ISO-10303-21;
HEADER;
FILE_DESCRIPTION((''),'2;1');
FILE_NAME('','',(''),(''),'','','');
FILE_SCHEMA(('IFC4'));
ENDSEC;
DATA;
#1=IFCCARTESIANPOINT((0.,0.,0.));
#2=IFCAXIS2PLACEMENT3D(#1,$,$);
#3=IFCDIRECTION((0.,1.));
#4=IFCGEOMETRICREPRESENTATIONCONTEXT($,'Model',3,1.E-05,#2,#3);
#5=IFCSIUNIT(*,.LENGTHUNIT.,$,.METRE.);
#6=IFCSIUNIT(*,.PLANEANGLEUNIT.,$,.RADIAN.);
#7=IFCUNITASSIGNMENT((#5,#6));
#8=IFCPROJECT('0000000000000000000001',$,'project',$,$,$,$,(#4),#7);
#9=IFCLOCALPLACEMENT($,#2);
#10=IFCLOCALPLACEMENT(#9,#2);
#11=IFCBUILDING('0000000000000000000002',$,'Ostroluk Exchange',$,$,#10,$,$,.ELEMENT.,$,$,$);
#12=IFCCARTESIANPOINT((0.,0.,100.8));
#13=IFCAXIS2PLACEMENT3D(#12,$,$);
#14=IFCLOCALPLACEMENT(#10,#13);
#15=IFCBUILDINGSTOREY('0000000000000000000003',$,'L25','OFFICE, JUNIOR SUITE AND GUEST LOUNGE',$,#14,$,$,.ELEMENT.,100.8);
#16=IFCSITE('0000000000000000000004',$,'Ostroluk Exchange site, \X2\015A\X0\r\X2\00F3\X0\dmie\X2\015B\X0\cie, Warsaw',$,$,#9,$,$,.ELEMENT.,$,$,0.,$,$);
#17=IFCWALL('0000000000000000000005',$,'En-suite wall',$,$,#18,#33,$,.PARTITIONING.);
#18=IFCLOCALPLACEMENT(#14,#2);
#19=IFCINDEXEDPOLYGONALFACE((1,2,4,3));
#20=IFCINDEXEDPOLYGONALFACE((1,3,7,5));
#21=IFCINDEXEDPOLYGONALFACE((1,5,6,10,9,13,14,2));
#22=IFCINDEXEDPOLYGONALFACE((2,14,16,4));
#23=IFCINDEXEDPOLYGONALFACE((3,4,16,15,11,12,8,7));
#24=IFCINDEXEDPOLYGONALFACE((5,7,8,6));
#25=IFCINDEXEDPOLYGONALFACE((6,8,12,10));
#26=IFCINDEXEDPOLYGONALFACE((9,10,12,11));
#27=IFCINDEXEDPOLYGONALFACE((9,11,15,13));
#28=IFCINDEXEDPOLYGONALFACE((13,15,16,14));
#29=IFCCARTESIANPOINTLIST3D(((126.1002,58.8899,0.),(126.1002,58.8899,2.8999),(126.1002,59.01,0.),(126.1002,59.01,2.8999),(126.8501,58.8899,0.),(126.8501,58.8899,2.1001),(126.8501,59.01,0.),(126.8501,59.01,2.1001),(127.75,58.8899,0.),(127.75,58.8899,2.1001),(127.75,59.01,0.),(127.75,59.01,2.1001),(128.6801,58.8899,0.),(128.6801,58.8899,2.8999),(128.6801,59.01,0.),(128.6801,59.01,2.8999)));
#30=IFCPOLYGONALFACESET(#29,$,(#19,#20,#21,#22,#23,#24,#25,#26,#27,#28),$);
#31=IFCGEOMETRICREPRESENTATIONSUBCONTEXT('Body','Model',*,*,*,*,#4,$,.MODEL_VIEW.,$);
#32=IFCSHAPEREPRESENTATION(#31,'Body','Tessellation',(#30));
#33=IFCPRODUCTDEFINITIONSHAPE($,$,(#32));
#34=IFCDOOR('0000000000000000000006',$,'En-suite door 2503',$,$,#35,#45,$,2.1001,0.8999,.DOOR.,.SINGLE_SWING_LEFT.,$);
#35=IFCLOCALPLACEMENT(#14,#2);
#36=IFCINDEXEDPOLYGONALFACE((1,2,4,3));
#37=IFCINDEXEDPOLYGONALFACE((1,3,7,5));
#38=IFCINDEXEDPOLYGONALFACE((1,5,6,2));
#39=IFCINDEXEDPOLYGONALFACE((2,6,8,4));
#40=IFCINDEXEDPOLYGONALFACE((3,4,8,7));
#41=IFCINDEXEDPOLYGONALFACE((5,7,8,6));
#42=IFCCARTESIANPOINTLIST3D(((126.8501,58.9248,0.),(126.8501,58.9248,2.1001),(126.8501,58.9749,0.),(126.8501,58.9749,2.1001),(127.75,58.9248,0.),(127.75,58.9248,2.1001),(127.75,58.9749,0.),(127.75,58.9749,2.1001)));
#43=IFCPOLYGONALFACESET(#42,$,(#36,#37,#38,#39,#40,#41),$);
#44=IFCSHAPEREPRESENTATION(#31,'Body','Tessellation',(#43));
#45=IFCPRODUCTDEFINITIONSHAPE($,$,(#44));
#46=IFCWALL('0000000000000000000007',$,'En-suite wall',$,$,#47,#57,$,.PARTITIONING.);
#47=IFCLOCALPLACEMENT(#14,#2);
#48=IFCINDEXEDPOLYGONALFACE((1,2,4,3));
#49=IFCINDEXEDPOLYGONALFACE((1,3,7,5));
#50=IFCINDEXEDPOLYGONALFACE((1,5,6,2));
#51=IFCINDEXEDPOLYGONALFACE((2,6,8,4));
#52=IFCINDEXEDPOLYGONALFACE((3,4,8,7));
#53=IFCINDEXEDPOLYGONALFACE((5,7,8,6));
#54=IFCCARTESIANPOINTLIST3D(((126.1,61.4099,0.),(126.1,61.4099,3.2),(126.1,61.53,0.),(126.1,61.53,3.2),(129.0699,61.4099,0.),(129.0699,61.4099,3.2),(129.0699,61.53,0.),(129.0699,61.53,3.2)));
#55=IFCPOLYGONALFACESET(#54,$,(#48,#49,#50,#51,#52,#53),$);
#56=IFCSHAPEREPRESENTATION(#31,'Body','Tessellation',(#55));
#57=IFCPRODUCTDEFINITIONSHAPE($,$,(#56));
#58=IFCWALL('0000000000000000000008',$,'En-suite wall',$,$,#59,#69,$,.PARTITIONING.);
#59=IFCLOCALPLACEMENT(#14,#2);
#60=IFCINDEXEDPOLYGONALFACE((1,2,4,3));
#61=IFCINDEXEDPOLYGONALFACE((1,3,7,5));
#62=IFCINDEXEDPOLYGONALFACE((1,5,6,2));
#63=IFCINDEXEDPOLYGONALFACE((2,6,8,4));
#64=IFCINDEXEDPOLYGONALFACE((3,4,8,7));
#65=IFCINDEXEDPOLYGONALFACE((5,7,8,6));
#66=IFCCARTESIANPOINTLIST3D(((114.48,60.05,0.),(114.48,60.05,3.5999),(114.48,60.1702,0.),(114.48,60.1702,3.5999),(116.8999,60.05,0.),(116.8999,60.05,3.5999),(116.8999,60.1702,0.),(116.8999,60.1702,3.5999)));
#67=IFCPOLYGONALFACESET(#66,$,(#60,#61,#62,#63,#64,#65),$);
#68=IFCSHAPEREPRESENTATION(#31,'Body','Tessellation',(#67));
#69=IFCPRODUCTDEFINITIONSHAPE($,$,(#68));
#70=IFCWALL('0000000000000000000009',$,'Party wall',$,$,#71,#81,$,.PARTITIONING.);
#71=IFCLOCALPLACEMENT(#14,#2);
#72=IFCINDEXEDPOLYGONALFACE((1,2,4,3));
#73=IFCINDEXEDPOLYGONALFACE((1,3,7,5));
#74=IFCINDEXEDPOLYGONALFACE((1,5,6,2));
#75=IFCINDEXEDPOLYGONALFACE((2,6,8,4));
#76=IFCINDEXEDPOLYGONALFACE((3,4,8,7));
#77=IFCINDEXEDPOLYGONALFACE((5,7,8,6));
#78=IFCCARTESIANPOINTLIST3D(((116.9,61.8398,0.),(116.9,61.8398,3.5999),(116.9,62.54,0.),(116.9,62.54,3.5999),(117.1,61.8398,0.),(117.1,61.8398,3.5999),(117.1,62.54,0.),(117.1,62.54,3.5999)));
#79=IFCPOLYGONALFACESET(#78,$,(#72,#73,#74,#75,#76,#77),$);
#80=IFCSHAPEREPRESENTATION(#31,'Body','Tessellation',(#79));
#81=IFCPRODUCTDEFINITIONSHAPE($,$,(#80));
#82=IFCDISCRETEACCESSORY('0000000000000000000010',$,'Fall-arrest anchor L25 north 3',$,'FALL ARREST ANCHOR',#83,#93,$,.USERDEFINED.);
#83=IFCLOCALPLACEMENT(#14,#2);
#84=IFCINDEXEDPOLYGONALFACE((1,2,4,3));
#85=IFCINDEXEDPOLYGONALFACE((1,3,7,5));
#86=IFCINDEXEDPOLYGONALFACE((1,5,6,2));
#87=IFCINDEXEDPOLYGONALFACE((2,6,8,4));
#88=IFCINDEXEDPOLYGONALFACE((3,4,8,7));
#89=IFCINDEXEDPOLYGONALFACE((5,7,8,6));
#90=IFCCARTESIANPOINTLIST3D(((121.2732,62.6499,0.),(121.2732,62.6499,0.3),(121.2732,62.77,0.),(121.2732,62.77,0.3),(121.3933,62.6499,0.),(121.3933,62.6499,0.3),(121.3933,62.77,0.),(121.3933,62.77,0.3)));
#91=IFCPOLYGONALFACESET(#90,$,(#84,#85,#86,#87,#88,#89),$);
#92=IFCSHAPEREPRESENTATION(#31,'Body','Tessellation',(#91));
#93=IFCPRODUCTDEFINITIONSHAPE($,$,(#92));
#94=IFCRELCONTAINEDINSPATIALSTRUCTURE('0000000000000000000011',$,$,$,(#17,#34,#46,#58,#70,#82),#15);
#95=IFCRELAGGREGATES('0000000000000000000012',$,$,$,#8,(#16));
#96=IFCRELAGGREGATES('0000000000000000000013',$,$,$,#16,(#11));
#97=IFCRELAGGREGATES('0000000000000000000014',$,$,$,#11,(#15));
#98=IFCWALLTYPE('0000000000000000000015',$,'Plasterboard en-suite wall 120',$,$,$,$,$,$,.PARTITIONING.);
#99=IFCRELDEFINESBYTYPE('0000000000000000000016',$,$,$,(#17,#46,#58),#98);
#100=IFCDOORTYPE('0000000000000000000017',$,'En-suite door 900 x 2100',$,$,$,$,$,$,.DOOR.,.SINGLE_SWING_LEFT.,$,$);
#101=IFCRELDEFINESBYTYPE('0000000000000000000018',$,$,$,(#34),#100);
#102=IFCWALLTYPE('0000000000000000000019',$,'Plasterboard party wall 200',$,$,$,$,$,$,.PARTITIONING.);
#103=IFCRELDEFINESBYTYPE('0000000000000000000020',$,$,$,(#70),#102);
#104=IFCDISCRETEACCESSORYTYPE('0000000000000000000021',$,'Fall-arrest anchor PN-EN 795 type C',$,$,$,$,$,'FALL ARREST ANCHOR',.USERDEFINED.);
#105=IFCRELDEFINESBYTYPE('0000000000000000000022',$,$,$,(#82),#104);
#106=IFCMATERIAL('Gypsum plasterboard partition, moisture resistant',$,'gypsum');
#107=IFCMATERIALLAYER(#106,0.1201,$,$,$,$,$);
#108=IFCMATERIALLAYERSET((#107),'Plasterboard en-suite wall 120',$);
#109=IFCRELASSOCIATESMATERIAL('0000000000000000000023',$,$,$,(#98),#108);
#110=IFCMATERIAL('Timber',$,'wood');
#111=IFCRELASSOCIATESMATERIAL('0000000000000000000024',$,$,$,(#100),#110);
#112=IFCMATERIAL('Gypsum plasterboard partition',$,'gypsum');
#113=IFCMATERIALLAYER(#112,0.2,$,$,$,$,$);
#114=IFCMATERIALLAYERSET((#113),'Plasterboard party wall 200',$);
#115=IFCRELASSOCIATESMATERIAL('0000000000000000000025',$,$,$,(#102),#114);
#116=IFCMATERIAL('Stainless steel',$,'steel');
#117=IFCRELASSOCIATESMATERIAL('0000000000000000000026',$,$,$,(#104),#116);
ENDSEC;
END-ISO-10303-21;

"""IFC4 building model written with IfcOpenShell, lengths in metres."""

from ifc_helpers import new_model, si_unit, direction, frame, frame_2d, origin, origin_2d, place, context, subcontext, project, spatial, rectangle, extrude, material, layer, layer_set, type_object, element, fill, save


model = new_model("IFC4")

# Units and contexts
model_context = context("Model", 3, precision=1e-05, world=origin(), true_north=direction((0.0, 1.0)))
body_context = subcontext(model_context, "Body", "Model", "MODEL_VIEW")
ifc_project = project(units=[si_unit("LENGTHUNIT", "METRE"), si_unit("PLANEANGLEUNIT", "RADIAN")], contexts=[model_context])

# Site, building, storey
site_placement = place(None, origin())
site = spatial("IfcSite", under=ifc_project, at=site_placement, Name="Ostroluk Exchange site, Śródmieście, Warsaw", CompositionType="ELEMENT", RefElevation=0.0)
building_placement = place(site_placement, origin())
building = spatial("IfcBuilding", under=site, at=building_placement, Name="Ostroluk Exchange", CompositionType="ELEMENT")
storey_placement = place(building_placement, frame((0.0, 0.0, 100.8)))
storey = spatial("IfcBuildingStorey", under=building, at=storey_placement, Name="L25", Description="OFFICE, JUNIOR SUITE AND GUEST LOUNGE", CompositionType="ELEMENT", Elevation=100.8)

# Wall, opening, door
ifc_material_1 = material(Name="Gypsum plasterboard partition, moisture resistant", Category="gypsum")
ifc_layer_1 = layer(ifc_material_1, 0.1201)
ifc_layer_set_1 = layer_set([ifc_layer_1], Name="Plasterboard en-suite wall 120")
wall_type_1 = type_object("IfcWallType", Name="Plasterboard en-suite wall 120", PredefinedType="PARTITIONING", material=ifc_layer_set_1)
wall_1_placement = place(storey_placement, frame((126.1001, 58.95, 0.0), z_axis=(0.0, 0.0, 1.0), x_axis=(1.0, 0.0, 0.0)))
wall_1 = element("IfcWall", 1, at=wall_1_placement, inside=storey, type_object=wall_type_1, Name="En-suite wall", PredefinedType="PARTITIONING", context=body_context, shape_type="SweptSolid", body=[
    extrude(rectangle(XDim=2.5798, YDim=0.1201, at=frame_2d((1.29, 0.0))), origin(), (0.0, 0.0, 1.0), 2.8999),
])
opening_placement = place(wall_1_placement, frame((0.75, 0.0, 0.0)))
opening = element("IfcOpeningElement", 2, at=opening_placement, cuts=wall_1, PredefinedType="OPENING", context=body_context, shape_type="SweptSolid", body=[
    extrude(rectangle(XDim=0.8999, YDim=2.1001, at=frame_2d((0.45, 1.05))), frame((0.0, 0.0701, 0.0), z_axis=(0.0, -1.0, 0.0), x_axis=(1.0, 0.0, 0.0)), (0.0, 0.0, 1.0), 0.1401),
])
ifc_material_2 = material(Name="Timber", Category="wood")
door_type = type_object("IfcDoorType", Name="En-suite door 900 x 2100", OperationType="SINGLE_SWING_LEFT", PredefinedType="DOOR", material=ifc_material_2)
door_placement = place(opening_placement, origin())
door = element("IfcDoor", 3, at=door_placement, inside=storey, type_object=door_type, Name="En-suite door 2503", OperationType="SINGLE_SWING_LEFT", OverallHeight=2.1001, OverallWidth=0.8999, PredefinedType="DOOR", context=body_context, shape_type="SweptSolid", body=[
    extrude(rectangle(XDim=0.8999, YDim=2.1001, at=frame_2d((0.45, 1.05))), frame((0.0, 0.0249, 0.0), z_axis=(0.0, -1.0, 0.0), x_axis=(1.0, 0.0, 0.0)), (0.0, 0.0, 1.0), 0.05),
])
fill(opening, door)

# Walls
wall_2_placement = place(storey_placement, frame((126.1001, 61.47, 0.0), z_axis=(0.0, 0.0, 1.0), x_axis=(1.0, 0.0, 0.0)))
element("IfcWall", 4, at=wall_2_placement, inside=storey, type_object=wall_type_1, Name="En-suite wall", PredefinedType="PARTITIONING", context=body_context, shape_type="SweptSolid", body=[
    extrude(rectangle(XDim=2.97, YDim=0.1201, at=frame_2d((1.4849, 0.0))), origin(), (0.0, 0.0, 1.0), 3.2),
])
wall_3_placement = place(storey_placement, frame((116.8999, 60.1101, 0.0), z_axis=(0.0, 0.0, 1.0), x_axis=(-1.0, 0.0, 0.0)))
element("IfcWall", 5, at=wall_3_placement, inside=storey, type_object=wall_type_1, Name="En-suite wall", PredefinedType="PARTITIONING", context=body_context, shape_type="SweptSolid", body=[
    extrude(rectangle(XDim=2.4199, YDim=0.1201, at=frame_2d((1.21, 0.0))), origin(), (0.0, 0.0, 1.0), 3.5999),
])
ifc_material_3 = material(Name="Gypsum plasterboard partition", Category="gypsum")
ifc_layer_2 = layer(ifc_material_3, 0.2)
ifc_layer_set_2 = layer_set([ifc_layer_2], Name="Plasterboard party wall 200")
wall_type_2 = type_object("IfcWallType", Name="Plasterboard party wall 200", PredefinedType="PARTITIONING", material=ifc_layer_set_2)
wall_4_placement = place(storey_placement, frame((117.0, 61.8398, 0.0), z_axis=(0.0, 0.0, 1.0), x_axis=(0.0, 1.0, 0.0)))
element("IfcWall", 6, at=wall_4_placement, inside=storey, type_object=wall_type_2, Name="Party wall", PredefinedType="PARTITIONING", context=body_context, shape_type="SweptSolid", body=[
    extrude(rectangle(XDim=0.7002, YDim=0.2, at=frame_2d((0.3501, 0.0))), origin(), (0.0, 0.0, 1.0), 3.5999),
])

# Discrete accessory
ifc_material_4 = material(Name="Stainless steel", Category="steel")
discrete_accessory_type = type_object("IfcDiscreteAccessoryType", Name="Fall-arrest anchor PN-EN 795 type C", ElementType="FALL ARREST ANCHOR", PredefinedType="USERDEFINED", material=ifc_material_4)
discrete_accessory_placement = place(storey_placement, frame((121.3333, 62.71, 0.0), z_axis=(0.0, 0.0, 1.0), x_axis=(1.0, 0.0, 0.0)))
element("IfcDiscreteAccessory", 7, at=discrete_accessory_placement, inside=storey, type_object=discrete_accessory_type, Name="Fall-arrest anchor L25 north 3", ObjectType="FALL ARREST ANCHOR", PredefinedType="USERDEFINED", context=body_context, shape_type="SweptSolid", body=[
    extrude(rectangle(XDim=0.1201, YDim=0.1201, at=origin_2d()), origin(), (0.0, 0.0, 1.0), 0.3),
])

save(model, "model.ifc")
